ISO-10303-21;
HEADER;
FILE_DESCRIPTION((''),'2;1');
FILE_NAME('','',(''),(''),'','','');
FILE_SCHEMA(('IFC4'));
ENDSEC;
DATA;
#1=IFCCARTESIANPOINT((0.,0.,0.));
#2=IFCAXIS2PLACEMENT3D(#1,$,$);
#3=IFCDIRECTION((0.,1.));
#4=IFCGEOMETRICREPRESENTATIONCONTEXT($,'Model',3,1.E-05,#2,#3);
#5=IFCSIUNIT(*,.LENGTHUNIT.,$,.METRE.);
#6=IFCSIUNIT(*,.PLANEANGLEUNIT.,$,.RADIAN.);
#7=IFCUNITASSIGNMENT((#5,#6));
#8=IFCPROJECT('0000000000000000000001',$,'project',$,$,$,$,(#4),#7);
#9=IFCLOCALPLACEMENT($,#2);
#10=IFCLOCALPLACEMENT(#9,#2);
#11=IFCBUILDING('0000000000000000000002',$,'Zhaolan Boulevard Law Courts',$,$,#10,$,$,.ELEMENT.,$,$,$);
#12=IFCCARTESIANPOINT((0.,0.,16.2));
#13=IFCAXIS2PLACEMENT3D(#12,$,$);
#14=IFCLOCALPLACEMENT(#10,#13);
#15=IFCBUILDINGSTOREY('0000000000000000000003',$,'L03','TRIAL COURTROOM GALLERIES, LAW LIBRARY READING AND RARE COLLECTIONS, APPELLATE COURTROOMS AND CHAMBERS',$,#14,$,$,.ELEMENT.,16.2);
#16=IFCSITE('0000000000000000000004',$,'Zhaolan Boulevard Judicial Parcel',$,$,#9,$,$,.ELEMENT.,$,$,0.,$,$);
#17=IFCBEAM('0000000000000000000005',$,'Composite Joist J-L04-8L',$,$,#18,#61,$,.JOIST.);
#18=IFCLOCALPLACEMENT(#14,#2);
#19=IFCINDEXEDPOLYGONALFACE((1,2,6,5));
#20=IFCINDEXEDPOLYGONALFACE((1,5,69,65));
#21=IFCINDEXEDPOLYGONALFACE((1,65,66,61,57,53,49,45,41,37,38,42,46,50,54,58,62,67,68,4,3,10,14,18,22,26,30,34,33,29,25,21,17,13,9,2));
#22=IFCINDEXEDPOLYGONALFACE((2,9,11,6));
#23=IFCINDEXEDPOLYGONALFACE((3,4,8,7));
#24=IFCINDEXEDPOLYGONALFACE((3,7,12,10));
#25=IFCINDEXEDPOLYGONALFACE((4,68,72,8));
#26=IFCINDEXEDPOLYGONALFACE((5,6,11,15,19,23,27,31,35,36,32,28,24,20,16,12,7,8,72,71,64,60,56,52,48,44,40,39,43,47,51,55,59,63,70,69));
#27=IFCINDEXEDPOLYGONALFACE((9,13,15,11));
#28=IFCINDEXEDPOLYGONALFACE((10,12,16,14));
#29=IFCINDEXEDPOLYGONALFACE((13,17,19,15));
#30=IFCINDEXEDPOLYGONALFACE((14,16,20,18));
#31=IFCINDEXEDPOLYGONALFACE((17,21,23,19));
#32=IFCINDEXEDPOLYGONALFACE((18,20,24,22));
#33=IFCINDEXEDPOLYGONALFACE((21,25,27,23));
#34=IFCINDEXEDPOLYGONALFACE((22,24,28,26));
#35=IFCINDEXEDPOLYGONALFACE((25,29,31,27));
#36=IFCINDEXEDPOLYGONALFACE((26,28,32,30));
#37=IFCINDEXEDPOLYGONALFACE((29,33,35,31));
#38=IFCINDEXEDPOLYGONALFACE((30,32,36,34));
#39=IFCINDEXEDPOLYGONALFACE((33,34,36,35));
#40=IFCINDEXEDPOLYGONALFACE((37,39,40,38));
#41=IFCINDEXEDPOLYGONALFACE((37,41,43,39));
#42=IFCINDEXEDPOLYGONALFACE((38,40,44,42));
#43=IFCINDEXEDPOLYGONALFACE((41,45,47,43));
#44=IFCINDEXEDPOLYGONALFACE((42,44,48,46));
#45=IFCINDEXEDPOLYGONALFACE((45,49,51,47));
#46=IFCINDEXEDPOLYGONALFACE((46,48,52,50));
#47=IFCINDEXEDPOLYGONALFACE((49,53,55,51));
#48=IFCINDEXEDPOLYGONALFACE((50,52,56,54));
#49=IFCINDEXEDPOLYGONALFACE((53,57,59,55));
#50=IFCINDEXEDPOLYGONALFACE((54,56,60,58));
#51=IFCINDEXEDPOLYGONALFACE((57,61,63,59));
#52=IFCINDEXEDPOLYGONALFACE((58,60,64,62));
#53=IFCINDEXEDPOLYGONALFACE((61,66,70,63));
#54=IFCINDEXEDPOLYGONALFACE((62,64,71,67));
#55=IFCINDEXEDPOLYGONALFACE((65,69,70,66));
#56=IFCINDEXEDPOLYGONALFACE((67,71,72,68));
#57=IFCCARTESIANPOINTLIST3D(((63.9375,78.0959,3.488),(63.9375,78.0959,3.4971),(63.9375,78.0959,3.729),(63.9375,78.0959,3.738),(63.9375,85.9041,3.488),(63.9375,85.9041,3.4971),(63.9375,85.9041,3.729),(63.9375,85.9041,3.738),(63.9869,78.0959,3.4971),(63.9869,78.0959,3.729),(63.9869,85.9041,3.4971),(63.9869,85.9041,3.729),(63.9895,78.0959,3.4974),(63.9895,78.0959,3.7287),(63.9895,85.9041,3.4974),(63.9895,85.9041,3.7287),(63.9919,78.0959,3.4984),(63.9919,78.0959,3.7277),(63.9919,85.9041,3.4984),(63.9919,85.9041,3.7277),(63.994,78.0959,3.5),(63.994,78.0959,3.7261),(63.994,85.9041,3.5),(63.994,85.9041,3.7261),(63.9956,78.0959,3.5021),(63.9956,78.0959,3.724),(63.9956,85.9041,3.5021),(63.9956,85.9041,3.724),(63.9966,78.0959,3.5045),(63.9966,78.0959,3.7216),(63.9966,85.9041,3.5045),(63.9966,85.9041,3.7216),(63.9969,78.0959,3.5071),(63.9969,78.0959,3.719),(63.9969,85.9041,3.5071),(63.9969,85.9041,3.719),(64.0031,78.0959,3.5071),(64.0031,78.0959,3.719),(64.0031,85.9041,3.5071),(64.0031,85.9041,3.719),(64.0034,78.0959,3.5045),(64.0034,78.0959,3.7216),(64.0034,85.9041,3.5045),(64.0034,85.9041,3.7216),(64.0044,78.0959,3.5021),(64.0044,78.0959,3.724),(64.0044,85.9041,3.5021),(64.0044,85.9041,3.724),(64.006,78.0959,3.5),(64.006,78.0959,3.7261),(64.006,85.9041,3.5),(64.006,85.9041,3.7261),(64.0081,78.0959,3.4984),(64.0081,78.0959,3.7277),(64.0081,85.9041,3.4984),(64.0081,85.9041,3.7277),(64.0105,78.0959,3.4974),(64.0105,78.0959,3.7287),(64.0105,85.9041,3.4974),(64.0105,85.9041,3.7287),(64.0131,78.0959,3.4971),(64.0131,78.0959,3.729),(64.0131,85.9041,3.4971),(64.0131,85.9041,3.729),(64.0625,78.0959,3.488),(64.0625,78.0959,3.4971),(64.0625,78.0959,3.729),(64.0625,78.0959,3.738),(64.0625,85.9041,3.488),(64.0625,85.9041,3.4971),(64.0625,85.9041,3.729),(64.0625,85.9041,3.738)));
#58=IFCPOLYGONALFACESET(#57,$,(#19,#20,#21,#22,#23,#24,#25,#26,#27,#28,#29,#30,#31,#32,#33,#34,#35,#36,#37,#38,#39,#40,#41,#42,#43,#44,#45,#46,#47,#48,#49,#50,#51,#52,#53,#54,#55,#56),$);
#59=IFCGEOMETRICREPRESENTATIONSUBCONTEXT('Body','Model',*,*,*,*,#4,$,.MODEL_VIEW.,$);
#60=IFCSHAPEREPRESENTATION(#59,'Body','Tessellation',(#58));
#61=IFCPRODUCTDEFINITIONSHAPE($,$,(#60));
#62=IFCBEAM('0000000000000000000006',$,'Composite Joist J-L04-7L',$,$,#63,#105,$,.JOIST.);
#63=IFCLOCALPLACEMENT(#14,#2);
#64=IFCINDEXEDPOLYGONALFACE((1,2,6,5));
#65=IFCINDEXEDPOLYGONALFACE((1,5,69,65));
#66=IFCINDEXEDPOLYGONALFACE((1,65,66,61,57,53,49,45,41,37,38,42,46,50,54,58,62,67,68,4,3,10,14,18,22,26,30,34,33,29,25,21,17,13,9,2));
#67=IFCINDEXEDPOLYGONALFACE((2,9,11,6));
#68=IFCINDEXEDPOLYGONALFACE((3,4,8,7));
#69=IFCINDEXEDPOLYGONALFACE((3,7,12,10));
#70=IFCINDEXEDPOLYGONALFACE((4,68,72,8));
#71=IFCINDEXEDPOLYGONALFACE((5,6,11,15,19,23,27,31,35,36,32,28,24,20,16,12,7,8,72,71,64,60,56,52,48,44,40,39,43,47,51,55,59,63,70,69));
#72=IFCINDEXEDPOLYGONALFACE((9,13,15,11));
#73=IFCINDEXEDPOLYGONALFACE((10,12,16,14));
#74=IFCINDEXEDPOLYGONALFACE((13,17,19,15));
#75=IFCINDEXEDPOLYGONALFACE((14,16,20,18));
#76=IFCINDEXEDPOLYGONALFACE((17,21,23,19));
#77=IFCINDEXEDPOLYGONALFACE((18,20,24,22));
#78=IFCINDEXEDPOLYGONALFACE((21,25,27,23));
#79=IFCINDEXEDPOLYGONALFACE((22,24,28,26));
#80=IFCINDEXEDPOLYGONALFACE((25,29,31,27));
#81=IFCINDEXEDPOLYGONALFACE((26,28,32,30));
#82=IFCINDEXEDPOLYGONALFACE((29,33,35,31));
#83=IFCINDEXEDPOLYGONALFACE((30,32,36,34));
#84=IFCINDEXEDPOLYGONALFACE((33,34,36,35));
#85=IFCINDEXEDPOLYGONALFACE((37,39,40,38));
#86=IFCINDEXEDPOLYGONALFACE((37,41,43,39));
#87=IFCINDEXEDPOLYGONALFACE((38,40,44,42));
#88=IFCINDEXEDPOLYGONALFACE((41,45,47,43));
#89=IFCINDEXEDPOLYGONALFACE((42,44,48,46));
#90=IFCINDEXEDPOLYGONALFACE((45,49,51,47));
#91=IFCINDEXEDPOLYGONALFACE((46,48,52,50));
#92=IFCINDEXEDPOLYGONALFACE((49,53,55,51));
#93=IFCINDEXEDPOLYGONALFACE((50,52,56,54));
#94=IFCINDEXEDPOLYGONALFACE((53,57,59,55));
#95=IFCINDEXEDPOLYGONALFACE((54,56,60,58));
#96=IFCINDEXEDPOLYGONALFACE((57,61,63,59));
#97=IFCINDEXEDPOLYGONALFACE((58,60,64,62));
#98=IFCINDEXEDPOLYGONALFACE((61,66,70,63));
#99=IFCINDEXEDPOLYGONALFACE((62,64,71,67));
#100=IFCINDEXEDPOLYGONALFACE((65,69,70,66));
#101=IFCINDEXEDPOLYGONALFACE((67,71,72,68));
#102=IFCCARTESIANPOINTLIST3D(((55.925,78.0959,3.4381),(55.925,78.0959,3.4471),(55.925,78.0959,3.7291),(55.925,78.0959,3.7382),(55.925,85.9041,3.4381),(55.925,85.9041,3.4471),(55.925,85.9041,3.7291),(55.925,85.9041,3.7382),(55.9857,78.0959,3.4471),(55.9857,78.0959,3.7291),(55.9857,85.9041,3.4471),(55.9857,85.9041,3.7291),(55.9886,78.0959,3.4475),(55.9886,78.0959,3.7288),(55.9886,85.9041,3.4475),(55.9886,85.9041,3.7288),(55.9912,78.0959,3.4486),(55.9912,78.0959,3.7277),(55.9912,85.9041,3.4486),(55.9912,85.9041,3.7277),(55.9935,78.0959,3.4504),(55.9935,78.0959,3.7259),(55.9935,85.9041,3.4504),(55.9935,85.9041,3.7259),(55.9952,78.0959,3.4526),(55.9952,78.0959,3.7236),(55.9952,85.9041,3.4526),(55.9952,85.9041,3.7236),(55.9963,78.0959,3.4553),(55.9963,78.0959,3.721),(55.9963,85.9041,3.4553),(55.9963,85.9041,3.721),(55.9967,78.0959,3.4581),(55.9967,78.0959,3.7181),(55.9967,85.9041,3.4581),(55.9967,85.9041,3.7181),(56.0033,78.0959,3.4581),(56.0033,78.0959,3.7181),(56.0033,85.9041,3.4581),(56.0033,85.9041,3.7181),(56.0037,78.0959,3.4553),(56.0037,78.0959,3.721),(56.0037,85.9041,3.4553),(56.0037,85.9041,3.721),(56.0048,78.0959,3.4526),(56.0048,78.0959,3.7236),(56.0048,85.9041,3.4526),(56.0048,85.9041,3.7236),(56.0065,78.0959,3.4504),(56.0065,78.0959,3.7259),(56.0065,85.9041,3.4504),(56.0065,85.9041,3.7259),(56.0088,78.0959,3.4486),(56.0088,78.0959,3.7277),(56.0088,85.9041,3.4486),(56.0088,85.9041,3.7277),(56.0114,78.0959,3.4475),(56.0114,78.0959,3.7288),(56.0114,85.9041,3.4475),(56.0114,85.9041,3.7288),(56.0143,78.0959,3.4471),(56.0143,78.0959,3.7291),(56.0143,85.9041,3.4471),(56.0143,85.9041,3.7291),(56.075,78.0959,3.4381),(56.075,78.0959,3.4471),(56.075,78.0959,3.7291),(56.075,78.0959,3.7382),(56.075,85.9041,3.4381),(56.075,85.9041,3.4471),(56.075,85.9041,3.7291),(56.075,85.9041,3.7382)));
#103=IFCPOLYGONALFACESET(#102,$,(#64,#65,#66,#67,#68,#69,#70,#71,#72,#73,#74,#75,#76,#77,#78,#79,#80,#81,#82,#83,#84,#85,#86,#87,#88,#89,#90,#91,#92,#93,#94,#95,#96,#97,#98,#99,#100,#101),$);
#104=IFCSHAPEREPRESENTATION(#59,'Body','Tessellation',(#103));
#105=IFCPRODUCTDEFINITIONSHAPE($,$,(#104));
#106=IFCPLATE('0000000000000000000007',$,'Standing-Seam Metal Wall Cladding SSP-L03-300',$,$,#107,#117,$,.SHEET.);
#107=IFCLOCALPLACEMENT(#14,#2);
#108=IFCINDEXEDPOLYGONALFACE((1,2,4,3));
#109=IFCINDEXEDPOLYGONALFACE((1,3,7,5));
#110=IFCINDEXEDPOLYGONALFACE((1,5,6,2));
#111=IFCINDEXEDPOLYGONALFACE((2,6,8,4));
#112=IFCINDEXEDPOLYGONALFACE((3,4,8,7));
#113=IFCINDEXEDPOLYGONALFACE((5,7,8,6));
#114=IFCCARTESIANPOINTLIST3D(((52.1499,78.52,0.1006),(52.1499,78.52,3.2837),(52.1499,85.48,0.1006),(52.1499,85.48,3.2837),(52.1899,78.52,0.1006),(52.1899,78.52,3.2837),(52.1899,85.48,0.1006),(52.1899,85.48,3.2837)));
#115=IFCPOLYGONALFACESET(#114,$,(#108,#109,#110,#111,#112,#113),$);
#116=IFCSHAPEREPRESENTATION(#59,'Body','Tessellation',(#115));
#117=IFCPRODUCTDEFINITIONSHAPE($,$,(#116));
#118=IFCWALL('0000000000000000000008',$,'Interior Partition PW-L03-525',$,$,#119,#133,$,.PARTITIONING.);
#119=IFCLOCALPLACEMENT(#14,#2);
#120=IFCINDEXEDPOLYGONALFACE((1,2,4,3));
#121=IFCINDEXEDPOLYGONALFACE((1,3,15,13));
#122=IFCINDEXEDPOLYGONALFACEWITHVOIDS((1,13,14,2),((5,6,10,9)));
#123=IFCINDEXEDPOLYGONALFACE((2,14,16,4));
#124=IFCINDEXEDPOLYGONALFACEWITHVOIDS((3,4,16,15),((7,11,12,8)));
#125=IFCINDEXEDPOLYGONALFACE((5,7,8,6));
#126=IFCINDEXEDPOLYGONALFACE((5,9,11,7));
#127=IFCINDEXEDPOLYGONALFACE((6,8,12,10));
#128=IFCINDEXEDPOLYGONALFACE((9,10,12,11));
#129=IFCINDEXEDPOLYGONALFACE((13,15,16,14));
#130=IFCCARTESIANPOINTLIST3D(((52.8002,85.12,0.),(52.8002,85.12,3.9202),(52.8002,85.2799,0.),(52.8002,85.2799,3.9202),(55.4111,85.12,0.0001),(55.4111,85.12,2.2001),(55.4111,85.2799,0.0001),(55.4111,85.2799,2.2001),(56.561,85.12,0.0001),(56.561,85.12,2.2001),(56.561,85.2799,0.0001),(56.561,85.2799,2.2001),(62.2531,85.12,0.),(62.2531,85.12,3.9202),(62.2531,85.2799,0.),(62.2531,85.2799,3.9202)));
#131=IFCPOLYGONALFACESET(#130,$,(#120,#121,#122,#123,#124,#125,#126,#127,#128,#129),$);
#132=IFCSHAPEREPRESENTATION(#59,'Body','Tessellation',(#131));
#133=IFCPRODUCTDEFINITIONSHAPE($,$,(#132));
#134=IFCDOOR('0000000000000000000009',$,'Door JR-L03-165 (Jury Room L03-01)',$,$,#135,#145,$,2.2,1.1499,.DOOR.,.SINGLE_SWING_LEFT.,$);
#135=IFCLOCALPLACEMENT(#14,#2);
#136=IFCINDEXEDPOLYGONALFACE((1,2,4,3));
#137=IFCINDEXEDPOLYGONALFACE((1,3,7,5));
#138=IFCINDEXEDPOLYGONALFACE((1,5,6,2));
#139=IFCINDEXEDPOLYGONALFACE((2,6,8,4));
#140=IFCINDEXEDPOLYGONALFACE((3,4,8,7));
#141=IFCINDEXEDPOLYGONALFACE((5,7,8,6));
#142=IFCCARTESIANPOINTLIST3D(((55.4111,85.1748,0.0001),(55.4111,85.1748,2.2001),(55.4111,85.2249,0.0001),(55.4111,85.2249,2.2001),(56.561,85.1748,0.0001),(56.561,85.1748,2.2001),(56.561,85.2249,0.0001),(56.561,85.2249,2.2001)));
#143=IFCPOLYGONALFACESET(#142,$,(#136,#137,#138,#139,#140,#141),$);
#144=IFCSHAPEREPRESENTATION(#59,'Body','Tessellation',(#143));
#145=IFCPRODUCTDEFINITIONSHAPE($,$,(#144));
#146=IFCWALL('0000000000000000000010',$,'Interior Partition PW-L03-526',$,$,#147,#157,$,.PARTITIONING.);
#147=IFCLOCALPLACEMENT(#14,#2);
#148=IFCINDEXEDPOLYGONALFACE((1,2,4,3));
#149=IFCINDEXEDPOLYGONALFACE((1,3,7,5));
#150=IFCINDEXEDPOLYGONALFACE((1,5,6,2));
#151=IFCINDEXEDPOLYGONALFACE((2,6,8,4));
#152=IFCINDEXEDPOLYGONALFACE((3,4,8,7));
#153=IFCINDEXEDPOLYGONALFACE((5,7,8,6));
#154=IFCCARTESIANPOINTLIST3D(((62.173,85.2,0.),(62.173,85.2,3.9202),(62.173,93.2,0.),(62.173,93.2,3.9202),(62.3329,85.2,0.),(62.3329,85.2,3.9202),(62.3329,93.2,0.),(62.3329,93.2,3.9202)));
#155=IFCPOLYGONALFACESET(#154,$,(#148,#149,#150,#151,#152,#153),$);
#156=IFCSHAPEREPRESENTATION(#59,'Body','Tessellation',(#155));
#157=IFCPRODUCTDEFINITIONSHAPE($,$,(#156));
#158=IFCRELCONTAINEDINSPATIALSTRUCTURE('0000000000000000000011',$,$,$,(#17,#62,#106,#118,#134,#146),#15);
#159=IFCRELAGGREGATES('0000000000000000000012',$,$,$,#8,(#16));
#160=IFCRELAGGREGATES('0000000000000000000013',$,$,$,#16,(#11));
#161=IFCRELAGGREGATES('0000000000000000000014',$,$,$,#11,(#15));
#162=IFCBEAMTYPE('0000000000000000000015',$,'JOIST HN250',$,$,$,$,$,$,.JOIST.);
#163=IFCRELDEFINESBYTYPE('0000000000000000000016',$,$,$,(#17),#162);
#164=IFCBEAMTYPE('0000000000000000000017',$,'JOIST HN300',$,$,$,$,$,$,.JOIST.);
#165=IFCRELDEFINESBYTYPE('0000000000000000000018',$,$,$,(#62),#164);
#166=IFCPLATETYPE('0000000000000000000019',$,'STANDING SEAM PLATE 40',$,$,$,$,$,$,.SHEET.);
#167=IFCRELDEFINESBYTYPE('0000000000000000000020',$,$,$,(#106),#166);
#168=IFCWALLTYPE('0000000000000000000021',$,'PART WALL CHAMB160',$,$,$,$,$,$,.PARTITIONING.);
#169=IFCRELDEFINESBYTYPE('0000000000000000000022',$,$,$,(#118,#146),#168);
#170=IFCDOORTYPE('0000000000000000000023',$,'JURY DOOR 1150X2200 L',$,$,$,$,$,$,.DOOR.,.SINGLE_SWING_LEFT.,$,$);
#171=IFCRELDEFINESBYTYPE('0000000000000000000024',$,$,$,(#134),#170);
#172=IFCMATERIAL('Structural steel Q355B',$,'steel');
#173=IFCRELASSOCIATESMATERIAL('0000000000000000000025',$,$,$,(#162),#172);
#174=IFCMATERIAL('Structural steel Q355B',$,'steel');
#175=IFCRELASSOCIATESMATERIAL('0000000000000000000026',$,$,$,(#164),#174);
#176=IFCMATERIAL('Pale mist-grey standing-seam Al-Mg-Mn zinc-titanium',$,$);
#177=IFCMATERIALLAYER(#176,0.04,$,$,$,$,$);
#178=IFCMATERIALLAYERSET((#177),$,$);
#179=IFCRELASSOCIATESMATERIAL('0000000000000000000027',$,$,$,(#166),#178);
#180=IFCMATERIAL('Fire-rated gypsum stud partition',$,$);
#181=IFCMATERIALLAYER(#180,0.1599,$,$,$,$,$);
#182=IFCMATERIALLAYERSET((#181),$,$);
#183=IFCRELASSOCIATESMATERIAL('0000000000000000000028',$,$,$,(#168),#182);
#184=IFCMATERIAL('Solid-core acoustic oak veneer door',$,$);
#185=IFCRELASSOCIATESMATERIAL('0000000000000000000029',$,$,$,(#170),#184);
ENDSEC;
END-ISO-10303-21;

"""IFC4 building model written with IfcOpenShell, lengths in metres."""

from ifc_helpers import new_model, si_unit, direction, frame, frame_2d, origin, origin_2d, place, context, subcontext, project, spatial, rectangle, i_section, extrude, material, layer, layer_set, material_profile, profile_set, type_object, element, fill, save


model = new_model("IFC4")

# Units and contexts
model_context = context("Model", 3, precision=1e-05, world=origin(), true_north=direction((0.0, 1.0)))
body_context = subcontext(model_context, "Body", "Model", "MODEL_VIEW")
ifc_project = project(units=[si_unit("LENGTHUNIT", "METRE"), si_unit("PLANEANGLEUNIT", "RADIAN")], contexts=[model_context])

# Site, building, storey
site_placement = place(None, origin())
site = spatial("IfcSite", under=ifc_project, at=site_placement, Name="Zhaolan Boulevard Judicial Parcel", CompositionType="ELEMENT", RefElevation=0.0)
building_placement = place(site_placement, origin())
building = spatial("IfcBuilding", under=site, at=building_placement, Name="Zhaolan Boulevard Law Courts", CompositionType="ELEMENT")
storey_placement = place(building_placement, frame((0.0, 0.0, 16.2)))
storey = spatial("IfcBuildingStorey", under=building, at=storey_placement, Name="L03", Description="TRIAL COURTROOM GALLERIES, LAW LIBRARY READING AND RARE COLLECTIONS, APPELLATE COURTROOMS AND CHAMBERS", CompositionType="ELEMENT", Elevation=16.2)

# Beams
ifc_material_1 = material(Name="Structural steel Q355B", Category="steel")
ifc_material_profile_1 = material_profile(ifc_material_1, i_section(OverallWidth=0.125, OverallDepth=0.25, WebThickness=0.0061, FlangeThickness=0.009, FilletRadius=0.01, at=origin_2d()), Name="HN250x125")
ifc_profile_set_1 = profile_set([ifc_material_profile_1], Name="Structural steel Q355B")
beam_type_1 = type_object("IfcBeamType", Name="JOIST HN250", PredefinedType="JOIST", material=ifc_profile_set_1)
beam_1_placement = place(storey_placement, frame((64.0, 78.0959, 3.613), z_axis=(0.0, 1.0, 0.0), x_axis=(-1.0, 0.0, 0.0)))
element("IfcBeam", 1, at=beam_1_placement, inside=storey, type_object=beam_type_1, Name="Composite Joist J-L04-8L", PredefinedType="JOIST", context=body_context, shape_type="SweptSolid", body=[
    extrude(i_section(OverallWidth=0.125, OverallDepth=0.25, WebThickness=0.0061, FlangeThickness=0.009, FilletRadius=0.01, at=origin_2d()), origin(), (0.0, 0.0, 1.0), 7.8081),
])
ifc_material_2 = material(Name="Structural steel Q355B", Category="steel")
ifc_material_profile_2 = material_profile(ifc_material_2, i_section(OverallWidth=0.1499, OverallDepth=0.3, WebThickness=0.0066, FlangeThickness=0.009, FilletRadius=0.011, at=origin_2d()), Name="HN300x150")
ifc_profile_set_2 = profile_set([ifc_material_profile_2], Name="Structural steel Q355B")
beam_type_2 = type_object("IfcBeamType", Name="JOIST HN300", PredefinedType="JOIST", material=ifc_profile_set_2)
beam_2_placement = place(storey_placement, frame((56.0, 78.0959, 3.5881), z_axis=(0.0, 1.0, 0.0), x_axis=(-1.0, 0.0, 0.0)))
element("IfcBeam", 2, at=beam_2_placement, inside=storey, type_object=beam_type_2, Name="Composite Joist J-L04-7L", PredefinedType="JOIST", context=body_context, shape_type="SweptSolid", body=[
    extrude(i_section(OverallWidth=0.1499, OverallDepth=0.3, WebThickness=0.0066, FlangeThickness=0.009, FilletRadius=0.011, at=origin_2d()), origin(), (0.0, 0.0, 1.0), 7.8081),
])

# Plate
ifc_material_3 = material(Name="Pale mist-grey standing-seam Al-Mg-Mn zinc-titanium")
ifc_layer_1 = layer(ifc_material_3, 0.04)
ifc_layer_set_1 = layer_set([ifc_layer_1])
plate_type = type_object("IfcPlateType", Name="STANDING SEAM PLATE 40", PredefinedType="SHEET", material=ifc_layer_set_1)
plate_placement = place(storey_placement, frame((52.1699, 82.0, 0.1006), z_axis=(0.0, 0.0, 1.0), x_axis=(0.0, -1.0, 0.0)))
element("IfcPlate", 3, at=plate_placement, inside=storey, type_object=plate_type, Name="Standing-Seam Metal Wall Cladding SSP-L03-300", PredefinedType="SHEET", context=body_context, shape_type="SweptSolid", body=[
    extrude(rectangle(XDim=6.96, YDim=0.04, at=origin_2d()), origin(), (0.0, 0.0, 1.0), 3.1831),
])

# Wall, opening, door
ifc_material_4 = material(Name="Fire-rated gypsum stud partition")
ifc_layer_2 = layer(ifc_material_4, 0.1599)
ifc_layer_set_2 = layer_set([ifc_layer_2])
wall_type_1 = type_object("IfcWallType", Name="PART WALL CHAMB160", PredefinedType="PARTITIONING", material=ifc_layer_set_2)
wall_1_placement = place(storey_placement, frame((52.8, 85.2, 0.0), z_axis=(0.0, 0.0, 1.0), x_axis=(1.0, 0.0, 0.0)))
wall_1 = element("IfcWall", 4, at=wall_1_placement, inside=storey, type_object=wall_type_1, Name="Interior Partition PW-L03-525", PredefinedType="PARTITIONING", context=body_context, shape_type="SweptSolid", body=[
    extrude(rectangle(XDim=9.4529, YDim=0.1599, at=frame_2d((4.7266, 0.0))), origin(), (0.0, 0.0, 1.0), 3.9202),
])
opening_1_placement = place(wall_1_placement, frame((2.6111, 0.0, 0.0)))
opening_1 = element("IfcOpeningElement", 5, at=opening_1_placement, cuts=wall_1, PredefinedType="OPENING", context=body_context, shape_type="SweptSolid", body=[
    extrude(rectangle(XDim=1.1499, YDim=2.2, at=frame_2d((0.575, 1.1001))), frame((0.0, 0.0898, 0.0), z_axis=(0.0, -1.0, 0.0), x_axis=(1.0, 0.0, 0.0)), (0.0, 0.0, 1.0), 0.1799),
])
ifc_material_5 = material(Name="Solid-core acoustic oak veneer door")
door_type_1 = type_object("IfcDoorType", Name="JURY DOOR 1150X2200 L", OperationType="SINGLE_SWING_LEFT", PredefinedType="DOOR", material=ifc_material_5)
door_1_placement = place(opening_1_placement, origin())
door_1 = element("IfcDoor", 6, at=door_1_placement, inside=storey, type_object=door_type_1, Name="Door JR-L03-165 (Jury Room L03-01)", OperationType="SINGLE_SWING_LEFT", OverallHeight=2.2, OverallWidth=1.1499, PredefinedType="DOOR", context=body_context, shape_type="SweptSolid", body=[
    extrude(rectangle(XDim=1.1499, YDim=2.2, at=frame_2d((0.575, 1.1001))), frame((0.0, 0.0249, 0.0), z_axis=(0.0, -1.0, 0.0), x_axis=(1.0, 0.0, 0.0)), (0.0, 0.0, 1.0), 0.05),
])
fill(opening_1, door_1)

# Wall
wall_2_placement = place(storey_placement, frame((62.2529, 85.2, 0.0), z_axis=(0.0, 0.0, 1.0), x_axis=(0.0, 1.0, 0.0)))
element("IfcWall", 7, at=wall_2_placement, inside=storey, type_object=wall_type_1, Name="Interior Partition PW-L03-526", PredefinedType="PARTITIONING", context=body_context, shape_type="SweptSolid", body=[
    extrude(rectangle(XDim=8.0, YDim=0.1599, at=frame_2d((4.0, 0.0))), origin(), (0.0, 0.0, 1.0), 3.9202),
])

save(model, "model.ifc")
